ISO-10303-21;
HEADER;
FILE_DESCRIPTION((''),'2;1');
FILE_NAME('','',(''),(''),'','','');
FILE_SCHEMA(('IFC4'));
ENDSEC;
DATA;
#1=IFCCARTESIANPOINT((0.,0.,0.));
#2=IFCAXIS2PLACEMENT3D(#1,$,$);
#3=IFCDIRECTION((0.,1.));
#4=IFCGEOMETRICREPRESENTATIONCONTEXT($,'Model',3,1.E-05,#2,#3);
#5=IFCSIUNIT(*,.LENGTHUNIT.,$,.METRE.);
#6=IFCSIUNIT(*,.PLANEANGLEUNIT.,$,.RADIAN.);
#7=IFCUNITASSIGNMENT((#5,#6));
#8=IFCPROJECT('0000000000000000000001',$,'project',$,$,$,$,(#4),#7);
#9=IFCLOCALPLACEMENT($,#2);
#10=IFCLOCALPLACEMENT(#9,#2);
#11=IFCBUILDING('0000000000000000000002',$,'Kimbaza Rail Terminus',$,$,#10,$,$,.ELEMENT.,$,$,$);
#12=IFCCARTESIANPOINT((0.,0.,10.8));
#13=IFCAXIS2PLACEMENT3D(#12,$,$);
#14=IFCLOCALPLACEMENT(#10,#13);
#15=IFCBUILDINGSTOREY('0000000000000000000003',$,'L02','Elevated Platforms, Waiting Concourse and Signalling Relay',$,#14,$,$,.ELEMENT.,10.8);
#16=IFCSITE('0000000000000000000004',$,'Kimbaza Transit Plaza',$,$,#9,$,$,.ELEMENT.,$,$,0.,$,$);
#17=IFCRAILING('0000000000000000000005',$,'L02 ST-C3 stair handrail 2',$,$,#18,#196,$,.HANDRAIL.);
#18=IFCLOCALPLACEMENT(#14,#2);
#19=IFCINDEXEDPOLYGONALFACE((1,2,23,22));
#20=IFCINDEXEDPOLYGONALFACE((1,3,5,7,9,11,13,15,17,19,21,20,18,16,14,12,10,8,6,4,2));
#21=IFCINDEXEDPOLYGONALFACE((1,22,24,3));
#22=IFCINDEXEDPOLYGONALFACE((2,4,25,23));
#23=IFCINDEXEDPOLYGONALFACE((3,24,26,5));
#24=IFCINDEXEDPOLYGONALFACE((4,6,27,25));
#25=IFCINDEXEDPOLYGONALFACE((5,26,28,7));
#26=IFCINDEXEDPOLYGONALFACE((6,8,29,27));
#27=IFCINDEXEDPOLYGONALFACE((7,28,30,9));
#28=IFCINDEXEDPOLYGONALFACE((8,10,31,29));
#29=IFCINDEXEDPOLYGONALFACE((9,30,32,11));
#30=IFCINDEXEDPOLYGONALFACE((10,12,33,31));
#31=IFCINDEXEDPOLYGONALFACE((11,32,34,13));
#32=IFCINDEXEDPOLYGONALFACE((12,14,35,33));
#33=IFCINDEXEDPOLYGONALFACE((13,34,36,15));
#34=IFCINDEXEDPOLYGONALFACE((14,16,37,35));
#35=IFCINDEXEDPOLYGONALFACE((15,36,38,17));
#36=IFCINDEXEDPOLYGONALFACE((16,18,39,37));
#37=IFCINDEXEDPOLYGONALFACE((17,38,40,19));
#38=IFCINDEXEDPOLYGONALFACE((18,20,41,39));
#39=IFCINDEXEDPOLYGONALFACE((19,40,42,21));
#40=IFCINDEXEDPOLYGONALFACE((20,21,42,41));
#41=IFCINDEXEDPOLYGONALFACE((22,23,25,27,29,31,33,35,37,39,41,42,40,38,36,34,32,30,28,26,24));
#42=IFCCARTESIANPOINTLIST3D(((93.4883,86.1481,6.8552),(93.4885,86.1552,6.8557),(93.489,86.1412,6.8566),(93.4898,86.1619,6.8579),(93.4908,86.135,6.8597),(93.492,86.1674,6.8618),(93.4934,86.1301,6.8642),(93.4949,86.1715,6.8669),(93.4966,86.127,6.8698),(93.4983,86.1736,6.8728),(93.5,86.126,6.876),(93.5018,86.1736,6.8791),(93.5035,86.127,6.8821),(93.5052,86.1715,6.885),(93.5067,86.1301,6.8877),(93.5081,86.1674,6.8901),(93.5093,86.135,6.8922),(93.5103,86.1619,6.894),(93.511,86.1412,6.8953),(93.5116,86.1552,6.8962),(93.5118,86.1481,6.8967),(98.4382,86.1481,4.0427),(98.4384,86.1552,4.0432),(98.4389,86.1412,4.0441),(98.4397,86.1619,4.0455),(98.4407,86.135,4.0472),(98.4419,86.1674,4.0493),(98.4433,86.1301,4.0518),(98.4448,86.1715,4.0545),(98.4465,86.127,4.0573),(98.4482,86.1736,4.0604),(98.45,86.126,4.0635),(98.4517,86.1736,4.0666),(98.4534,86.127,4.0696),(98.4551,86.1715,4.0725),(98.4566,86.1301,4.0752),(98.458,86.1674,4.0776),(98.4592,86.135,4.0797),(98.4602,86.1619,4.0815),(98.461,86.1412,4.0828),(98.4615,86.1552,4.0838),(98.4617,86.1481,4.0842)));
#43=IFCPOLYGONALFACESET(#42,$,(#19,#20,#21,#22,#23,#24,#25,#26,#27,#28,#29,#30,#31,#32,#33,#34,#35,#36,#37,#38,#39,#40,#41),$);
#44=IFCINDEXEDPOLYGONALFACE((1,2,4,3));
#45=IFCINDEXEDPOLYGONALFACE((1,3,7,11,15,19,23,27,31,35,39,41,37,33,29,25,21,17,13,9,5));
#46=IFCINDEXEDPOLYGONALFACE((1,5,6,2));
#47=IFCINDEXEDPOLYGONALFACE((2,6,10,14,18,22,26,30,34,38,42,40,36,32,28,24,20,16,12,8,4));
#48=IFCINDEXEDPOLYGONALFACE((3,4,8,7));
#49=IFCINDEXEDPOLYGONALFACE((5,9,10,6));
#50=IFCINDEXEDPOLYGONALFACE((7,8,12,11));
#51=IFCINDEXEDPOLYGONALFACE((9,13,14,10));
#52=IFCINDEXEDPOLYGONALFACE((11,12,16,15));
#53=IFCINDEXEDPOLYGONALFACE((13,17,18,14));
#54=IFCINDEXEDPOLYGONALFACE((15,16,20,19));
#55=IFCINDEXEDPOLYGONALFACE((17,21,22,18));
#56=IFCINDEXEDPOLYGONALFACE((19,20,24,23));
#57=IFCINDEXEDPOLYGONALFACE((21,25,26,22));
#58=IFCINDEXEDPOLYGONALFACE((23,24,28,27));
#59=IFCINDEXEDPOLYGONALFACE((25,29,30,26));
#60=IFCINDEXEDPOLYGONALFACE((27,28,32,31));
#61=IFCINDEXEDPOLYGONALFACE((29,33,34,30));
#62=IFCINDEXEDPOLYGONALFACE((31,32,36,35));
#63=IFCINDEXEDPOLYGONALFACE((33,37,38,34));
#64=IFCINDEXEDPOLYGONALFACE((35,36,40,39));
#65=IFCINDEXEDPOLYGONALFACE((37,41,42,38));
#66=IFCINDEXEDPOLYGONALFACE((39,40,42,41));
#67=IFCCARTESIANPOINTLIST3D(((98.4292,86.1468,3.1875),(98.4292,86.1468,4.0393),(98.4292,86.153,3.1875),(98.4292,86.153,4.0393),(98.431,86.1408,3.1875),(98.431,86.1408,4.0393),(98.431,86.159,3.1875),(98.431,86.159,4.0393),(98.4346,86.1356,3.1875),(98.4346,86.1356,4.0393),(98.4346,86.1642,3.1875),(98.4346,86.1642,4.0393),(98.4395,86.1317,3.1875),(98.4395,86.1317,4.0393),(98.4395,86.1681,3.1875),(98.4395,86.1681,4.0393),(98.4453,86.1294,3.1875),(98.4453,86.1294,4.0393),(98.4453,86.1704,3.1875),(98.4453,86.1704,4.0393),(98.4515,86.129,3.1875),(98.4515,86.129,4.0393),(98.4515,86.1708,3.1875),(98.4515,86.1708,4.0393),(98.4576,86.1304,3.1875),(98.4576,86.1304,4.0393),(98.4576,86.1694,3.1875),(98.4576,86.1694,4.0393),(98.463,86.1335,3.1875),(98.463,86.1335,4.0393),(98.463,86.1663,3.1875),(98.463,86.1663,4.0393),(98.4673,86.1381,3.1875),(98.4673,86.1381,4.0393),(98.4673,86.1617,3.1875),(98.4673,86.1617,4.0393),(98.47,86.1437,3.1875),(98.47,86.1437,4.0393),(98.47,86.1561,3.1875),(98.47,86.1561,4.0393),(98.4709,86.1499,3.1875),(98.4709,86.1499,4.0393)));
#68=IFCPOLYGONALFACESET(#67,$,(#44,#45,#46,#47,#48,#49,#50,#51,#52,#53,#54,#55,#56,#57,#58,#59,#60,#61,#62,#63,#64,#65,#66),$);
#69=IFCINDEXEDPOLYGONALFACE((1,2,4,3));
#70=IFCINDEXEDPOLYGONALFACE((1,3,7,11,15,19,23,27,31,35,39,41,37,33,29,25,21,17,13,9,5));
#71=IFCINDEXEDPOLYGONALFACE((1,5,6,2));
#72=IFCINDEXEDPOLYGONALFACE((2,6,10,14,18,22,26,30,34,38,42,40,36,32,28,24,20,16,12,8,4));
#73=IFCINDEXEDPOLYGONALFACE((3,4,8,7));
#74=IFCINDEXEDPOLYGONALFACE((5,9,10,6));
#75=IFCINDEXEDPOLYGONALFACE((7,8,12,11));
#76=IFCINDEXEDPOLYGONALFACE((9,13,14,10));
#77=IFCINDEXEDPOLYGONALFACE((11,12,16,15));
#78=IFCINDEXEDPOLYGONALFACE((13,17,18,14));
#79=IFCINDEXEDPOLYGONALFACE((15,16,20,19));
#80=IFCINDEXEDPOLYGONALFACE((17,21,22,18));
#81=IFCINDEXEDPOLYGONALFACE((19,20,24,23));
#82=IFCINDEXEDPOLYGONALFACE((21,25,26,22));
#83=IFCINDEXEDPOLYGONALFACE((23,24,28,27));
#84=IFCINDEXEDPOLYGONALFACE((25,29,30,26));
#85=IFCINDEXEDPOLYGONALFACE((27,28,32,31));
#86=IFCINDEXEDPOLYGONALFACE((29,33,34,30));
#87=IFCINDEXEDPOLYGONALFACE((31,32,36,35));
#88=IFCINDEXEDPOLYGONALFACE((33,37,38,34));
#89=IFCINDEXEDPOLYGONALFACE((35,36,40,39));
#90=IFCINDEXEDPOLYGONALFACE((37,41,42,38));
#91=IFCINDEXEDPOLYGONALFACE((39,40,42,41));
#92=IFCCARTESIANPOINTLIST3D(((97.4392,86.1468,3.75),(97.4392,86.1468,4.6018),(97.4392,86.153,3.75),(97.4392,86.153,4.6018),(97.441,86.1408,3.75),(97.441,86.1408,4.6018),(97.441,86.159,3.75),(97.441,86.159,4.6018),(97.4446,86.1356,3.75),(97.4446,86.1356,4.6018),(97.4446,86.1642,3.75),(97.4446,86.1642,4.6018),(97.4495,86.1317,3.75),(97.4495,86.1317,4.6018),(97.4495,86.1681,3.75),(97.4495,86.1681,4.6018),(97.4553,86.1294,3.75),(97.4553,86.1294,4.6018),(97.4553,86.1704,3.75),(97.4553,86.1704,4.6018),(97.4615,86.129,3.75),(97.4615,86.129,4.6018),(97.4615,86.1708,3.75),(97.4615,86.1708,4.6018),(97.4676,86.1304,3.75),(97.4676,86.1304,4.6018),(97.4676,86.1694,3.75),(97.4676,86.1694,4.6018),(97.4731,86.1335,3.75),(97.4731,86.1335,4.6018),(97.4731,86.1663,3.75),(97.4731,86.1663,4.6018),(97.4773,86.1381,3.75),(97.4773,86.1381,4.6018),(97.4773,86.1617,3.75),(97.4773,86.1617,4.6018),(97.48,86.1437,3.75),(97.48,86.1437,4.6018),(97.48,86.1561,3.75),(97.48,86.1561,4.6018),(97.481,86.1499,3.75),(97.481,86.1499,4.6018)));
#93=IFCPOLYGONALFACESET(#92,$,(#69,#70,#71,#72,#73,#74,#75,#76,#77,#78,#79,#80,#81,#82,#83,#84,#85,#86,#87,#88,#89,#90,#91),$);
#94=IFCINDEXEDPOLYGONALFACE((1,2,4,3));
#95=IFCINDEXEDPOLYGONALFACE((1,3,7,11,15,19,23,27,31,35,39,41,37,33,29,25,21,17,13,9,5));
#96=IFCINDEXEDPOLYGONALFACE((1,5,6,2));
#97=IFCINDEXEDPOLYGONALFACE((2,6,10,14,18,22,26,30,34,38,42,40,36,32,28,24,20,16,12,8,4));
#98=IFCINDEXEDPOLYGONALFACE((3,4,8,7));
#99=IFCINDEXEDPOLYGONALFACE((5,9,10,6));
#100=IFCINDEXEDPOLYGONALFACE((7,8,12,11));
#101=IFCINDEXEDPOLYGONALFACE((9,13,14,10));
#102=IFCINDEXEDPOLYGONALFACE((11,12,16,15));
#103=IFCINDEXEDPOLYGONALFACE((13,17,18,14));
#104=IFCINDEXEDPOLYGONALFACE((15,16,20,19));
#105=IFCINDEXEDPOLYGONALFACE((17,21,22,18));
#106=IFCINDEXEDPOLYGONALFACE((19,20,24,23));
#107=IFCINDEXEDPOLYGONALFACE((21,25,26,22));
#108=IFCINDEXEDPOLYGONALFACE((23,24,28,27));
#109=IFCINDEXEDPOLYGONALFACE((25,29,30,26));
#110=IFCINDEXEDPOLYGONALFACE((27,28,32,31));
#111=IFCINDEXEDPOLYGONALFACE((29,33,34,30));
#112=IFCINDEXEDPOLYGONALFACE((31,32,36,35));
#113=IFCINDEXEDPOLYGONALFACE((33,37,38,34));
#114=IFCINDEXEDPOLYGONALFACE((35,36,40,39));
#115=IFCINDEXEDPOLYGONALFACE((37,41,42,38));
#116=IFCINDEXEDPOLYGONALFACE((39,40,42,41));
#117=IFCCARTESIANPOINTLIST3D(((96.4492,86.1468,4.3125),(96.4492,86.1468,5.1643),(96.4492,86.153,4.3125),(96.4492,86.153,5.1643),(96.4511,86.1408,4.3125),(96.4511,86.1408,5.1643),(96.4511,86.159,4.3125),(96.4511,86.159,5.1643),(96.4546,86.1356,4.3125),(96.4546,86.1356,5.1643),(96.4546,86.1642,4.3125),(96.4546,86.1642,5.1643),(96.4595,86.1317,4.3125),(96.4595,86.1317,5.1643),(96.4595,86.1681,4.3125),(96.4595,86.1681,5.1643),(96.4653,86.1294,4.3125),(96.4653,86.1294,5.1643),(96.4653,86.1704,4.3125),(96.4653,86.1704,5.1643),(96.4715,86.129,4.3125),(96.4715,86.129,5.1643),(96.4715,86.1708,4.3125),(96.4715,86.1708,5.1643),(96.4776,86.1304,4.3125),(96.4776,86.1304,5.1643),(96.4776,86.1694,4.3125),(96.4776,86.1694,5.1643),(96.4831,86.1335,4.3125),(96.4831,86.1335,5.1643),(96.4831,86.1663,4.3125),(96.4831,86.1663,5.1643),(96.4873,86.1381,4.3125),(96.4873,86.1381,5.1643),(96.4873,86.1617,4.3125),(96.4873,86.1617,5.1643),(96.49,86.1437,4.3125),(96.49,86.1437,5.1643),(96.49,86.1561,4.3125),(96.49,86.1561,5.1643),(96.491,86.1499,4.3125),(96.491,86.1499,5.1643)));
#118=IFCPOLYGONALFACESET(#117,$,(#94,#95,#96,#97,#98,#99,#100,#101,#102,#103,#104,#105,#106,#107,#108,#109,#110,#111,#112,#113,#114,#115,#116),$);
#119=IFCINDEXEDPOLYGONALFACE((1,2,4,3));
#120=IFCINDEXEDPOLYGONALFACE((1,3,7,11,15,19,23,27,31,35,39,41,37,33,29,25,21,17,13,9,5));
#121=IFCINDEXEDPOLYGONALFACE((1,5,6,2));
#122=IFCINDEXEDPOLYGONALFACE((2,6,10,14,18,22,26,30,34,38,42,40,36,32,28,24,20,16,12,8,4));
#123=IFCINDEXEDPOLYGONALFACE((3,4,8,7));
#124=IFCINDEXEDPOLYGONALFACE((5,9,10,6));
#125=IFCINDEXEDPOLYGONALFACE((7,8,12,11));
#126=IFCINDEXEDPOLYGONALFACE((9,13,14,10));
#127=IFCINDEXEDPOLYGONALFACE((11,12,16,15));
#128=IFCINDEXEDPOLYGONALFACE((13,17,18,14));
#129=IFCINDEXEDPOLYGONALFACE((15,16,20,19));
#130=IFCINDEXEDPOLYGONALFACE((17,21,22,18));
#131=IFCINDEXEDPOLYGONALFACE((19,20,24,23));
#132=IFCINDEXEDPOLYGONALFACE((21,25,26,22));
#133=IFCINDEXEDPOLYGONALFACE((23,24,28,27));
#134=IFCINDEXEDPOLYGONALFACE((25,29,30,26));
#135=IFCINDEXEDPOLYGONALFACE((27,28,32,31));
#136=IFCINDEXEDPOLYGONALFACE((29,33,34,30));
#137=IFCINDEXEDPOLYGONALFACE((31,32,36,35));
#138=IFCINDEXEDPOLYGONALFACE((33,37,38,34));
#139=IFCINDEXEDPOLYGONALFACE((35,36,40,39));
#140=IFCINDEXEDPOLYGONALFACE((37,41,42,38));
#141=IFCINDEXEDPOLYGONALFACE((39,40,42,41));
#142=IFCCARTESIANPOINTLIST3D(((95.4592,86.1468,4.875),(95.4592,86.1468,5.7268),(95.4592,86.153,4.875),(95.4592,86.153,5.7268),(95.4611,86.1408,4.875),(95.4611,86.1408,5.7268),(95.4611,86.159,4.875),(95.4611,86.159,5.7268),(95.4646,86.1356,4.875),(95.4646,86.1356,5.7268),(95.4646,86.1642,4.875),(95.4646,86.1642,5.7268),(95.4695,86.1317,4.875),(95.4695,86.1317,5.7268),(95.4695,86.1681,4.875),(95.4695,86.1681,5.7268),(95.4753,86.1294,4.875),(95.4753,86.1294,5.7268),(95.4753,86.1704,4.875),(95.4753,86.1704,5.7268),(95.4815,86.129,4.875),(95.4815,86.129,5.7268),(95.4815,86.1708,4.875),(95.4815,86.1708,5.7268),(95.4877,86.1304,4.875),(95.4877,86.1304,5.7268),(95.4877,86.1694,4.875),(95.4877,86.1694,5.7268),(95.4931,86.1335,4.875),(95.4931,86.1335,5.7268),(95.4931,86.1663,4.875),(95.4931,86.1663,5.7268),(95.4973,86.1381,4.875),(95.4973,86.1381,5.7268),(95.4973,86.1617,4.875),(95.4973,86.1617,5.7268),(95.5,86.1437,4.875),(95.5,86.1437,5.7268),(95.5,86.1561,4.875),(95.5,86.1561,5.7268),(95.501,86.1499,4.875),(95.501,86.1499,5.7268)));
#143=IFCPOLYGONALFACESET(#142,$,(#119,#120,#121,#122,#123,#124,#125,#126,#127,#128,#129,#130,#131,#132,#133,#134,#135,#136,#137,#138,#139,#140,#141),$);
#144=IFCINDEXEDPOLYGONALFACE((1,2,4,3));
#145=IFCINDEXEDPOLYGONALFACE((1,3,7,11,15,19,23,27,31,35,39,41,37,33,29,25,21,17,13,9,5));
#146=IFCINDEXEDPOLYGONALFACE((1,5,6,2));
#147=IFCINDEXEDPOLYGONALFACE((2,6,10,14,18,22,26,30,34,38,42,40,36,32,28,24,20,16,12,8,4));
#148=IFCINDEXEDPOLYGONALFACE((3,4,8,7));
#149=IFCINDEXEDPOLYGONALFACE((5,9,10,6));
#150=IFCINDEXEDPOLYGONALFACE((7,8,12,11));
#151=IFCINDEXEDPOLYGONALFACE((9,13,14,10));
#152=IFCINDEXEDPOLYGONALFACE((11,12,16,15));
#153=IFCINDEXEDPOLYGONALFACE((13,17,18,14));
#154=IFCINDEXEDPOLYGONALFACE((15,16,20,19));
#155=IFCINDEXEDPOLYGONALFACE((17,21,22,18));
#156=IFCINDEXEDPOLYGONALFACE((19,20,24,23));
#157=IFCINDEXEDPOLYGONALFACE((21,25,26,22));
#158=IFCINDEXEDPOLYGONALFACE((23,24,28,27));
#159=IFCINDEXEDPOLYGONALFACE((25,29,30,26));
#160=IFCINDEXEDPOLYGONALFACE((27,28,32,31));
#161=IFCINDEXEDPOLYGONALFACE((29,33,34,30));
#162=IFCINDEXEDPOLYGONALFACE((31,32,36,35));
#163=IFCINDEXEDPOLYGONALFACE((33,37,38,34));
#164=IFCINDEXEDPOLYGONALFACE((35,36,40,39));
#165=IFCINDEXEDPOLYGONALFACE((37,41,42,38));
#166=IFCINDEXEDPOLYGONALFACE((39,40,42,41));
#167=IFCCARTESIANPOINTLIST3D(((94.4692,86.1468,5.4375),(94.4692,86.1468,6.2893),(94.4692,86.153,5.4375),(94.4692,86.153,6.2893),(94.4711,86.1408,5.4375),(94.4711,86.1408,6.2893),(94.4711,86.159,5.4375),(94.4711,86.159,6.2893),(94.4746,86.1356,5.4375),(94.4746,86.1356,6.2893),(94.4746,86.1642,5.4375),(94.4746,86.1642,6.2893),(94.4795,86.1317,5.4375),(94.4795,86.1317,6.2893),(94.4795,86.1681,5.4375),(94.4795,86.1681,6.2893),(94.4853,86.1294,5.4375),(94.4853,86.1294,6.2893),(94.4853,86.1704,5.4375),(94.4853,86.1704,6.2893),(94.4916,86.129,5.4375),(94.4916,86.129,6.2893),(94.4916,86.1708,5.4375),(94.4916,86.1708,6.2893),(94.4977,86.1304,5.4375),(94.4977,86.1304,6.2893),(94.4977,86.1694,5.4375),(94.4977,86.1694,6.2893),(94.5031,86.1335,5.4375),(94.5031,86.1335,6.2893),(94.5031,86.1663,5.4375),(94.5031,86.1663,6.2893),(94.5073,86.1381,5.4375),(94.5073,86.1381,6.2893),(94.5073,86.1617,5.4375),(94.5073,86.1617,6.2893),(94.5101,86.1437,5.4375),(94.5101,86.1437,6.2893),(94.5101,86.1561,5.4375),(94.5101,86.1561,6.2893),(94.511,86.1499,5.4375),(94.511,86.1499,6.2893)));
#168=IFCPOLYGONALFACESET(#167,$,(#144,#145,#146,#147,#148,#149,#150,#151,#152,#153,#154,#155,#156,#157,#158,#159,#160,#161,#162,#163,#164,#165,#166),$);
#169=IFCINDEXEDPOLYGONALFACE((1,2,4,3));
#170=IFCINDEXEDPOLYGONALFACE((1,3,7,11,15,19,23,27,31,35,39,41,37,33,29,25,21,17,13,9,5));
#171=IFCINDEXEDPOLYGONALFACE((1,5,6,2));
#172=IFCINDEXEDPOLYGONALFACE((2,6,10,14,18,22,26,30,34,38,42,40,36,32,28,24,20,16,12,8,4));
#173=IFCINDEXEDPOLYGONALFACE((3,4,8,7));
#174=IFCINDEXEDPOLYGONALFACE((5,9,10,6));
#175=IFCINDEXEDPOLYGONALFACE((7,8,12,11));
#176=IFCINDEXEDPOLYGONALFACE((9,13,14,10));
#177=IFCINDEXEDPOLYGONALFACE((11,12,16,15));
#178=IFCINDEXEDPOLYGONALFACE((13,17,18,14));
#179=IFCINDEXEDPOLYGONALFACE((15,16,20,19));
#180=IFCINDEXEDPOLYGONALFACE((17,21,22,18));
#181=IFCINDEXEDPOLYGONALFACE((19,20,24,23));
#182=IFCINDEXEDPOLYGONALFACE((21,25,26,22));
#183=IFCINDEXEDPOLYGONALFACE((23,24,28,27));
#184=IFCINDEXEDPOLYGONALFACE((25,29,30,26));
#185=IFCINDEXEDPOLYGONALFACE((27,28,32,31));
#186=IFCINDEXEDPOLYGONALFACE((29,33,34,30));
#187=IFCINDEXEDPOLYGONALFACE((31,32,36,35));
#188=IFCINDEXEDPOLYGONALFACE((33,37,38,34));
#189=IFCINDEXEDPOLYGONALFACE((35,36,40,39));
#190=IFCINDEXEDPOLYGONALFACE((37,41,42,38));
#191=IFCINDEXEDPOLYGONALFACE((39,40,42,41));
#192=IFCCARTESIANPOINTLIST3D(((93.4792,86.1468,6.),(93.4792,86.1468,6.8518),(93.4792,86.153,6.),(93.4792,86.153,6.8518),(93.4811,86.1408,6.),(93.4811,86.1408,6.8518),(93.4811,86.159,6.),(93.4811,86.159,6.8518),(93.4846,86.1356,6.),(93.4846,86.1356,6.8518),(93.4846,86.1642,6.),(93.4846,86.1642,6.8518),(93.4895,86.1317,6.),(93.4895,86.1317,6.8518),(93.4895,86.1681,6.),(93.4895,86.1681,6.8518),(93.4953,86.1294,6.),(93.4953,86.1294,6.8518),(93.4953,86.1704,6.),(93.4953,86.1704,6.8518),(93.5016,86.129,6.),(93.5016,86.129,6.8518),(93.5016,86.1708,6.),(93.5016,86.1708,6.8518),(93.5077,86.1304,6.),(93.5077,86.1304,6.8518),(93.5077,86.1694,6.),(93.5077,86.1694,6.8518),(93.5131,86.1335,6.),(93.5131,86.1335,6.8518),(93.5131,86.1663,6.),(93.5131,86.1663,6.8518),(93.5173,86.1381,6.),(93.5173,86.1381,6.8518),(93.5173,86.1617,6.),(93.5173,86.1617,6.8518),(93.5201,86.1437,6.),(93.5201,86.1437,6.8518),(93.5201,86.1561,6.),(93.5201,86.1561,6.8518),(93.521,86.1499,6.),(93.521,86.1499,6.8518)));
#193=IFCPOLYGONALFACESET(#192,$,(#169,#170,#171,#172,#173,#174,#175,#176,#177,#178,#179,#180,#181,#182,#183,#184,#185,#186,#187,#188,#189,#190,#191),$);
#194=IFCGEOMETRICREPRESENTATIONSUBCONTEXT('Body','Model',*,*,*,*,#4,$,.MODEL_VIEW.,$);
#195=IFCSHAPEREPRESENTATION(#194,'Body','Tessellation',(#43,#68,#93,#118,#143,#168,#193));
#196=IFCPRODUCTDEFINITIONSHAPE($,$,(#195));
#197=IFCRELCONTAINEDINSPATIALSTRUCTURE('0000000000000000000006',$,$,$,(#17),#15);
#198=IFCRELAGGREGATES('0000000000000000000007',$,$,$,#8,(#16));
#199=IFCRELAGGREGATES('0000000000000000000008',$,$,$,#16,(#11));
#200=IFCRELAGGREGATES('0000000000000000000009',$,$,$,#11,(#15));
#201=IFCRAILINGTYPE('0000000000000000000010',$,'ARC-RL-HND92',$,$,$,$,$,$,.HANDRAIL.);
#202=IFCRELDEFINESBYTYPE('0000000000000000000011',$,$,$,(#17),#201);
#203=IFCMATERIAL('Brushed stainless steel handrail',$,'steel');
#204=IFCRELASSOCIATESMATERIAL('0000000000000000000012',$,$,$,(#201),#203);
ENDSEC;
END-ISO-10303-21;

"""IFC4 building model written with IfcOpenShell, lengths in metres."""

from ifc_helpers import new_model, si_unit, direction, frame, origin, origin_2d, place, context, subcontext, project, spatial, circle, extrude, material, type_object, element, save


model = new_model("IFC4")

# Units and contexts
model_context = context("Model", 3, precision=1e-05, world=origin(), true_north=direction((0.0, 1.0)))
body_context = subcontext(model_context, "Body", "Model", "MODEL_VIEW")
ifc_project = project(units=[si_unit("LENGTHUNIT", "METRE"), si_unit("PLANEANGLEUNIT", "RADIAN")], contexts=[model_context])

# Site, building, storey
site_placement = place(None, origin())
site = spatial("IfcSite", under=ifc_project, at=site_placement, Name="Kimbaza Transit Plaza", CompositionType="ELEMENT", RefElevation=0.0)
building_placement = place(site_placement, origin())
building = spatial("IfcBuilding", under=site, at=building_placement, Name="Kimbaza Rail Terminus", CompositionType="ELEMENT")
storey_placement = place(building_placement, frame((0.0, 0.0, 10.8)))
storey = spatial("IfcBuildingStorey", under=building, at=storey_placement, Name="L02", Description="Elevated Platforms, Waiting Concourse and Signalling Relay", CompositionType="ELEMENT", Elevation=10.8)

# Railing
ifc_material_1 = material(Name="Brushed stainless steel handrail", Category="steel")
railing_type_1 = type_object("IfcRailingType", Name="ARC-RL-HND92", PredefinedType="HANDRAIL", material=ifc_material_1)
railing_1_placement = place(storey_placement, frame((98.45, 86.1499, 3.1875)))
element("IfcRailing", 1, at=railing_1_placement, inside=storey, type_object=railing_type_1, Name="L02 ST-C3 stair handrail 2", PredefinedType="HANDRAIL", context=body_context, shape_type="SweptSolid", body=[
    extrude(circle(Radius=0.0239, at=origin_2d()), frame((0.0, 0.0, 0.876), z_axis=(-0.869454, 0.0, 0.494013), x_axis=(0.0, -1.0, 0.0)), (0.0, 0.0, 1.0), 5.6931),
    extrude(circle(Radius=0.021, at=origin_2d()), origin(), (0.0, 0.0, 1.0), 0.8518),
    extrude(circle(Radius=0.021, at=origin_2d()), frame((-0.99, 0.0, 0.5625)), (0.0, 0.0, 1.0), 0.8518),
    extrude(circle(Radius=0.021, at=origin_2d()), frame((-1.98, 0.0, 1.125)), (0.0, 0.0, 1.0), 0.8518),
    extrude(circle(Radius=0.021, at=origin_2d()), frame((-2.97, 0.0, 1.6875)), (0.0, 0.0, 1.0), 0.8518),
    extrude(circle(Radius=0.021, at=origin_2d()), frame((-3.96, 0.0, 2.25)), (0.0, 0.0, 1.0), 0.8518),
    extrude(circle(Radius=0.021, at=origin_2d()), frame((-4.95, 0.0, 2.8125)), (0.0, 0.0, 1.0), 0.8518),
])

save(model, "model.ifc")
